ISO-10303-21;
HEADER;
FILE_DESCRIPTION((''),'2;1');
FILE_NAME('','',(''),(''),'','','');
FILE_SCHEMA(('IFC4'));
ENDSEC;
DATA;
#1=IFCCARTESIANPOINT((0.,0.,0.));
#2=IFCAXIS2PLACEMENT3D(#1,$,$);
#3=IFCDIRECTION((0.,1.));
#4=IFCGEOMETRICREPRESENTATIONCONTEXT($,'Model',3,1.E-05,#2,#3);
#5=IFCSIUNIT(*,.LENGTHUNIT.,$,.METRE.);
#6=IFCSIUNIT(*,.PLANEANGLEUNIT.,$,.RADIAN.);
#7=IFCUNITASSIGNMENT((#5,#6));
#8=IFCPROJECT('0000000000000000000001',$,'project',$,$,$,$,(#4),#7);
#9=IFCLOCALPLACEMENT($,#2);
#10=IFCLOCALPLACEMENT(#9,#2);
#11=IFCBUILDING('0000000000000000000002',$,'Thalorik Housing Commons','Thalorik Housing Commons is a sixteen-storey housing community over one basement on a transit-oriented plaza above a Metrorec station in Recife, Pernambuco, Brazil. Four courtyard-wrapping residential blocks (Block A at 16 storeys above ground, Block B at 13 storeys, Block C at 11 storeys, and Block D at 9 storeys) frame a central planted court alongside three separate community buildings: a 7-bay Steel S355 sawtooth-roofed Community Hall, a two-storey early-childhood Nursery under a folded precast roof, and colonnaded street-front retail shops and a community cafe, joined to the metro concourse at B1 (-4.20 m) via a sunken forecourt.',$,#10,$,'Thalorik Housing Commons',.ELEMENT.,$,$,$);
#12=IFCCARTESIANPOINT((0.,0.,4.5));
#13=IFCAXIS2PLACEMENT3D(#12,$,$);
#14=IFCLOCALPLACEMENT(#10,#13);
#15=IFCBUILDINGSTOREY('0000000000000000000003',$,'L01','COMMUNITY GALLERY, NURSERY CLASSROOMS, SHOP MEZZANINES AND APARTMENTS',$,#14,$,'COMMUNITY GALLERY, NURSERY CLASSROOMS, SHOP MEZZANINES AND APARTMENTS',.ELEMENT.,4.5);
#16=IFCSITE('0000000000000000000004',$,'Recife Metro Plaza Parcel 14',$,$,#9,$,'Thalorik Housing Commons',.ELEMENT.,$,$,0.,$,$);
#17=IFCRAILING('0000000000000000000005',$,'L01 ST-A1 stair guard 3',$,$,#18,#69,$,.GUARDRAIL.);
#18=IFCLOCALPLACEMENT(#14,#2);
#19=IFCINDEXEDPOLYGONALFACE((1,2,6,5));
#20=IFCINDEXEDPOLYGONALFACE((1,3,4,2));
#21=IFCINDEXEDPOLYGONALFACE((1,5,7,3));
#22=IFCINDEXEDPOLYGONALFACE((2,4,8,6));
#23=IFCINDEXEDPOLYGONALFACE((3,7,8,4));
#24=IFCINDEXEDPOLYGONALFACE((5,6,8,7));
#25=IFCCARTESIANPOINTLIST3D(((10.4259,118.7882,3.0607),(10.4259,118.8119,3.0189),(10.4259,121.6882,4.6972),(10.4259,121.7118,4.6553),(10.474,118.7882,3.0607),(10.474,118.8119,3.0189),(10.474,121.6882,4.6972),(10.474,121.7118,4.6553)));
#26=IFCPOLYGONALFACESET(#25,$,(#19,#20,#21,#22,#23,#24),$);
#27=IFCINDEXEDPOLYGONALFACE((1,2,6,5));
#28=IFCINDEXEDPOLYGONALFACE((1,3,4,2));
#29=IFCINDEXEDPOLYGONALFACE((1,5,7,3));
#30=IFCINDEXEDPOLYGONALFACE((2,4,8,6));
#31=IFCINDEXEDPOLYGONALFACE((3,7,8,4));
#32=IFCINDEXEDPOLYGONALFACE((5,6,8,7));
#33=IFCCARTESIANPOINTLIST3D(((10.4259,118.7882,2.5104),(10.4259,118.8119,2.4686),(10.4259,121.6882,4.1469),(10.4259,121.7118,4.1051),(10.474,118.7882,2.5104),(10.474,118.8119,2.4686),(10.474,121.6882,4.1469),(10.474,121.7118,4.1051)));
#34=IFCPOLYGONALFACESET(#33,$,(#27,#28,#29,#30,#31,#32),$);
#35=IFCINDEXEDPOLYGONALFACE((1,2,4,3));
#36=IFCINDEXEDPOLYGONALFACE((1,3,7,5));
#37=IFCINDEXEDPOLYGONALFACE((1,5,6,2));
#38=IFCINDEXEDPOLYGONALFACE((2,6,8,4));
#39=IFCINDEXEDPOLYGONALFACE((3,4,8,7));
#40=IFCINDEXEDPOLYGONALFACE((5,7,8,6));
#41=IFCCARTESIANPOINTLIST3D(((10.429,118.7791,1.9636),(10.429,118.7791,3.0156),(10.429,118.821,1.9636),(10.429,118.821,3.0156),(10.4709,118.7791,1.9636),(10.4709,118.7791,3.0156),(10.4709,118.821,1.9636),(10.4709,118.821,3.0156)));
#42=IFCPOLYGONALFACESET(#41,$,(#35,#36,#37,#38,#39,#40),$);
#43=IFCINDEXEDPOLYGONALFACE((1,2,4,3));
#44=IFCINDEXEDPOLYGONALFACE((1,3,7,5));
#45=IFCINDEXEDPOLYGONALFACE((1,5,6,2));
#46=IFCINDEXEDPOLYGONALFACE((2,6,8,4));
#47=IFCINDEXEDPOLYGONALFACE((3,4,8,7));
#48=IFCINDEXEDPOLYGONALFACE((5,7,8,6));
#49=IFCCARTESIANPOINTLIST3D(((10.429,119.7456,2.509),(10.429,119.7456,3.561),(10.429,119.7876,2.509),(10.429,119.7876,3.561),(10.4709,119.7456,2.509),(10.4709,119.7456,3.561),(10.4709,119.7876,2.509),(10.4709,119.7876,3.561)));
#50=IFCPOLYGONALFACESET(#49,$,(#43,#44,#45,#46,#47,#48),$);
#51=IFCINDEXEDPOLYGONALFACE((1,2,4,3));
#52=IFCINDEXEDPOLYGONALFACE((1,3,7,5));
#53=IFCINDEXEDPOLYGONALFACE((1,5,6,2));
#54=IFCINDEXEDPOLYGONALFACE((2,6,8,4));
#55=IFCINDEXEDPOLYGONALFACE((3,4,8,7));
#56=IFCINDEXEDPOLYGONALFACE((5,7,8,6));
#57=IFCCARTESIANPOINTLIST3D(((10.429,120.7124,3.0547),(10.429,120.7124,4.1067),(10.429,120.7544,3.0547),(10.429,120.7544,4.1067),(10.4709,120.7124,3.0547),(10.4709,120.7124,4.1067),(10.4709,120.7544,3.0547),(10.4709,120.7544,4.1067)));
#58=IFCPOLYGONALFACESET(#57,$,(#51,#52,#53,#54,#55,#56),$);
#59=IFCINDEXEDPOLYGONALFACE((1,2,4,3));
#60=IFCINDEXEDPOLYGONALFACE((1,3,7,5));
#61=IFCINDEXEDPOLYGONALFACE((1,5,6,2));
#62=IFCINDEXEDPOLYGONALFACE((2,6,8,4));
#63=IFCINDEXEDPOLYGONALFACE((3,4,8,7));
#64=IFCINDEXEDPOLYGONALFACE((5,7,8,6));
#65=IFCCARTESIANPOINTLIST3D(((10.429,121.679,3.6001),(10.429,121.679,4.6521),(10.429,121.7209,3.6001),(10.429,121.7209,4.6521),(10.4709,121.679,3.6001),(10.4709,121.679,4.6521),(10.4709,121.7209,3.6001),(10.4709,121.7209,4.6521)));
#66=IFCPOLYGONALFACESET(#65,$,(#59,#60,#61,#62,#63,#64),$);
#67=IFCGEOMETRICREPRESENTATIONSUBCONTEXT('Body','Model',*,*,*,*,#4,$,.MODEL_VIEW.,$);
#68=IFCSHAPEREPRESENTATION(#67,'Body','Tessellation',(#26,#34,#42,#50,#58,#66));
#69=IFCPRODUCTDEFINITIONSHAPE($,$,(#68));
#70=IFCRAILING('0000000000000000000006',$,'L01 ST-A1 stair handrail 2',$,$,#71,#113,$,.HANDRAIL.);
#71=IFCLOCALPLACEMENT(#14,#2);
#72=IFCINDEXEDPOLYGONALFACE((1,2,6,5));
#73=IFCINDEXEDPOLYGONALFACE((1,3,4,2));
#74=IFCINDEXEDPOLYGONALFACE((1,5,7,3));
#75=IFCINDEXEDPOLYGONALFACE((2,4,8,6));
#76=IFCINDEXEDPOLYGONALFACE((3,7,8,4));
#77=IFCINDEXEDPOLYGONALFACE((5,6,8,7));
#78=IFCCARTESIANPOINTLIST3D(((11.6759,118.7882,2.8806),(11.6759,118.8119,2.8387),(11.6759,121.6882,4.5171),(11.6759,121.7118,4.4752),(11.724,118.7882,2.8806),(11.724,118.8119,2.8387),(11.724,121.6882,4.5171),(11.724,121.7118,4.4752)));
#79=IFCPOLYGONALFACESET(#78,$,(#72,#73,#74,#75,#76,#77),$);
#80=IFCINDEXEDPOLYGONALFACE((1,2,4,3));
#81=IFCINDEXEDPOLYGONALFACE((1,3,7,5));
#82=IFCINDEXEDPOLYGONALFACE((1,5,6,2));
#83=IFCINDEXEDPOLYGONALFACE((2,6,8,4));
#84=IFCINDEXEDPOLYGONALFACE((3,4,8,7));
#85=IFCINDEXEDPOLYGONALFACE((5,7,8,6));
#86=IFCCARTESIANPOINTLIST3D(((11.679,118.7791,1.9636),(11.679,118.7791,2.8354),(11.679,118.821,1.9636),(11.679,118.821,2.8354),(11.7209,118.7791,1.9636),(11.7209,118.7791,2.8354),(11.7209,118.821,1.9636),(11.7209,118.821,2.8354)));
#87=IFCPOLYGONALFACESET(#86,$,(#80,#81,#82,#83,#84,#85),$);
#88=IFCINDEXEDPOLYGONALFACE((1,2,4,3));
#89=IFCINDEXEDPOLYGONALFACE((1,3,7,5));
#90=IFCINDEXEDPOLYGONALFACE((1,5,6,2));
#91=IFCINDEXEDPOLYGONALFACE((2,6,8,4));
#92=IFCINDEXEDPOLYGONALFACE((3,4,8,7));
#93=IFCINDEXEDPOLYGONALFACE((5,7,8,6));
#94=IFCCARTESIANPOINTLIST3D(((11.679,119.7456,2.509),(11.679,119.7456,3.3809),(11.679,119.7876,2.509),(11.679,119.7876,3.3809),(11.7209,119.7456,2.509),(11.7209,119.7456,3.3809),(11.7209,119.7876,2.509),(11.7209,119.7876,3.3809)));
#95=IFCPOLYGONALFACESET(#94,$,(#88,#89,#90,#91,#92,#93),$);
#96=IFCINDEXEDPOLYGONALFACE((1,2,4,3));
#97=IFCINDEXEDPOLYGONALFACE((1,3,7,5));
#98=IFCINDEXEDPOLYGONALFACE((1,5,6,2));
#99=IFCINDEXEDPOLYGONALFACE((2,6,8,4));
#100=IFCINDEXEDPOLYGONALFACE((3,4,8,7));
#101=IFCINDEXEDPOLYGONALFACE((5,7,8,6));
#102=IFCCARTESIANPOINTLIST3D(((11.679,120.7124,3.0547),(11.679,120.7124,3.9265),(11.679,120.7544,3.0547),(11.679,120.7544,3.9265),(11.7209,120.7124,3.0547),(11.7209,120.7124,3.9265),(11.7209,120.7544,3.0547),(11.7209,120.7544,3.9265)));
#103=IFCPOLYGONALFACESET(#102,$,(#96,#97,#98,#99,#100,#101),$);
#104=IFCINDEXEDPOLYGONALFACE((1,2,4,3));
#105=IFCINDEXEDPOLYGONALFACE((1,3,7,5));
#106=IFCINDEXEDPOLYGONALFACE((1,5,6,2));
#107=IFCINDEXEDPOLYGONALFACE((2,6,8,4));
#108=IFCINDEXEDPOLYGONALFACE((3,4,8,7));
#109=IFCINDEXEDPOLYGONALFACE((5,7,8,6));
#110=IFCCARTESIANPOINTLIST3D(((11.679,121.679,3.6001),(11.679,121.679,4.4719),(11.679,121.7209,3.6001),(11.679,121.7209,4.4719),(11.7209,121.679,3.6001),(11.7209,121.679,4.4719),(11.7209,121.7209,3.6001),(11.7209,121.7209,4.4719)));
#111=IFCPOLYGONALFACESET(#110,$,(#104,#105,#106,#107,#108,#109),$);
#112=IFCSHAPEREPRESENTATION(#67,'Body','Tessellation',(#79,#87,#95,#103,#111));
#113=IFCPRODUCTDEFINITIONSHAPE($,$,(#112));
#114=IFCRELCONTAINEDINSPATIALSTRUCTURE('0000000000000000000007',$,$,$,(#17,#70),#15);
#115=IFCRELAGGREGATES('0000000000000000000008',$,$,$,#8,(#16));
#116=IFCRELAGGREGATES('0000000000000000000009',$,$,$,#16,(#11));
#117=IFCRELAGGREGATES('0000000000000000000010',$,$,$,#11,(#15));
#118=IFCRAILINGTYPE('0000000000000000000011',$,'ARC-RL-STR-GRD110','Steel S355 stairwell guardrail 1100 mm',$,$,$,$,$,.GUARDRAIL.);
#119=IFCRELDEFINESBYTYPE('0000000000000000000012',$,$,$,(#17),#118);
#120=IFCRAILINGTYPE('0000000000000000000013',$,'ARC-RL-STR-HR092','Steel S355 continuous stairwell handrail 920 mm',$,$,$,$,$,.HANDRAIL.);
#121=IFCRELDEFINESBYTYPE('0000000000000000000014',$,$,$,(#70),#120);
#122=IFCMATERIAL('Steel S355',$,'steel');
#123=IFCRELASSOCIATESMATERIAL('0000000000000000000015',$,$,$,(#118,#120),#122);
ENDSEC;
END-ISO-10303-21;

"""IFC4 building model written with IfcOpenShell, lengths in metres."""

from ifc_helpers import new_model, si_unit, direction, frame, origin, origin_2d, place, context, subcontext, project, spatial, rectangle, extrude, material, type_object, element, save


model = new_model("IFC4")

# Units and contexts
model_context = context("Model", 3, precision=1e-05, world=origin(), true_north=direction((0.0, 1.0)))
body_context = subcontext(model_context, "Body", "Model", "MODEL_VIEW")
ifc_project = project(units=[si_unit("LENGTHUNIT", "METRE"), si_unit("PLANEANGLEUNIT", "RADIAN")], contexts=[model_context])

# Site, building, storey
site_placement = place(None, origin())
site = spatial("IfcSite", under=ifc_project, at=site_placement, Name="Recife Metro Plaza Parcel 14", LongName="Thalorik Housing Commons", CompositionType="ELEMENT", RefElevation=0.0)
building_placement = place(site_placement, origin())
building = spatial("IfcBuilding", under=site, at=building_placement, Name="Thalorik Housing Commons", Description="Thalorik Housing Commons is a sixteen-storey housing community over one basement on a transit-oriented plaza above a Metrorec station in Recife, Pernambuco, Brazil. Four courtyard-wrapping residential blocks (Block A at 16 storeys above ground, Block B at 13 storeys, Block C at 11 storeys, and Block D at 9 storeys) frame a central planted court alongside three separate community buildings: a 7-bay Steel S355 sawtooth-roofed Community Hall, a two-storey early-childhood Nursery under a folded precast roof, and colonnaded street-front retail shops and a community cafe, joined to the metro concourse at B1 (-4.20 m) via a sunken forecourt.", LongName="Thalorik Housing Commons", CompositionType="ELEMENT")
storey_placement = place(building_placement, frame((0.0, 0.0, 4.5)))
storey = spatial("IfcBuildingStorey", under=building, at=storey_placement, Name="L01", Description="COMMUNITY GALLERY, NURSERY CLASSROOMS, SHOP MEZZANINES AND APARTMENTS", LongName="COMMUNITY GALLERY, NURSERY CLASSROOMS, SHOP MEZZANINES AND APARTMENTS", CompositionType="ELEMENT", Elevation=4.5)

# Shared definitions
ifc_material_1 = material(Name="Steel S355", Category="steel")

# Railings
railing_type_1 = type_object("IfcRailingType", Name="ARC-RL-STR-GRD110", Description="Steel S355 stairwell guardrail 1100 mm", PredefinedType="GUARDRAIL", material=ifc_material_1)
railing_1_placement = place(storey_placement, frame((10.45, 118.8, 1.9636)))
element("IfcRailing", 1, at=railing_1_placement, inside=storey, type_object=railing_type_1, Name="L01 ST-A1 stair guard 3", PredefinedType="GUARDRAIL", context=body_context, shape_type="SweptSolid", body=[
    extrude(rectangle(XDim=0.0481, YDim=0.0481, at=origin_2d()), frame((0.0, 0.0, 1.0762), z_axis=(0.0, 0.870897, 0.491465), x_axis=(-1.0, 0.0, 0.0)), (0.0, 0.0, 1.0), 3.3298),
    extrude(rectangle(XDim=0.0481, YDim=0.0481, at=origin_2d()), frame((0.0, 0.0, 0.5259), z_axis=(0.0, 0.870897, 0.491465), x_axis=(-1.0, 0.0, 0.0)), (0.0, 0.0, 1.0), 3.3298),
    extrude(rectangle(XDim=0.042, YDim=0.042, at=origin_2d()), origin(), (0.0, 0.0, 1.0), 1.052),
    extrude(rectangle(XDim=0.042, YDim=0.042, at=origin_2d()), frame((0.0, 0.9666, 0.5454)), (0.0, 0.0, 1.0), 1.052),
    extrude(rectangle(XDim=0.042, YDim=0.042, at=origin_2d()), frame((0.0, 1.9333, 1.0911)), (0.0, 0.0, 1.0), 1.052),
    extrude(rectangle(XDim=0.042, YDim=0.042, at=origin_2d()), frame((0.0, 2.8999, 1.6365)), (0.0, 0.0, 1.0), 1.052),
])
railing_type_2 = type_object("IfcRailingType", Name="ARC-RL-STR-HR092", Description="Steel S355 continuous stairwell handrail 920 mm", PredefinedType="HANDRAIL", material=ifc_material_1)
railing_2_placement = place(storey_placement, frame((11.7, 118.8, 1.9636)))
element("IfcRailing", 2, at=railing_2_placement, inside=storey, type_object=railing_type_2, Name="L01 ST-A1 stair handrail 2", PredefinedType="HANDRAIL", context=body_context, shape_type="SweptSolid", body=[
    extrude(rectangle(XDim=0.0481, YDim=0.0481, at=origin_2d()), frame((0.0, 0.0, 0.896), z_axis=(0.0, 0.870897, 0.491465), x_axis=(-1.0, 0.0, 0.0)), (0.0, 0.0, 1.0), 3.3298),
    extrude(rectangle(XDim=0.042, YDim=0.042, at=origin_2d()), origin(), (0.0, 0.0, 1.0), 0.8718),
    extrude(rectangle(XDim=0.042, YDim=0.042, at=origin_2d()), frame((0.0, 0.9666, 0.5454)), (0.0, 0.0, 1.0), 0.8718),
    extrude(rectangle(XDim=0.042, YDim=0.042, at=origin_2d()), frame((0.0, 1.9333, 1.0911)), (0.0, 0.0, 1.0), 0.8718),
    extrude(rectangle(XDim=0.042, YDim=0.042, at=origin_2d()), frame((0.0, 2.8999, 1.6365)), (0.0, 0.0, 1.0), 0.8718),
])

save(model, "model.ifc")
